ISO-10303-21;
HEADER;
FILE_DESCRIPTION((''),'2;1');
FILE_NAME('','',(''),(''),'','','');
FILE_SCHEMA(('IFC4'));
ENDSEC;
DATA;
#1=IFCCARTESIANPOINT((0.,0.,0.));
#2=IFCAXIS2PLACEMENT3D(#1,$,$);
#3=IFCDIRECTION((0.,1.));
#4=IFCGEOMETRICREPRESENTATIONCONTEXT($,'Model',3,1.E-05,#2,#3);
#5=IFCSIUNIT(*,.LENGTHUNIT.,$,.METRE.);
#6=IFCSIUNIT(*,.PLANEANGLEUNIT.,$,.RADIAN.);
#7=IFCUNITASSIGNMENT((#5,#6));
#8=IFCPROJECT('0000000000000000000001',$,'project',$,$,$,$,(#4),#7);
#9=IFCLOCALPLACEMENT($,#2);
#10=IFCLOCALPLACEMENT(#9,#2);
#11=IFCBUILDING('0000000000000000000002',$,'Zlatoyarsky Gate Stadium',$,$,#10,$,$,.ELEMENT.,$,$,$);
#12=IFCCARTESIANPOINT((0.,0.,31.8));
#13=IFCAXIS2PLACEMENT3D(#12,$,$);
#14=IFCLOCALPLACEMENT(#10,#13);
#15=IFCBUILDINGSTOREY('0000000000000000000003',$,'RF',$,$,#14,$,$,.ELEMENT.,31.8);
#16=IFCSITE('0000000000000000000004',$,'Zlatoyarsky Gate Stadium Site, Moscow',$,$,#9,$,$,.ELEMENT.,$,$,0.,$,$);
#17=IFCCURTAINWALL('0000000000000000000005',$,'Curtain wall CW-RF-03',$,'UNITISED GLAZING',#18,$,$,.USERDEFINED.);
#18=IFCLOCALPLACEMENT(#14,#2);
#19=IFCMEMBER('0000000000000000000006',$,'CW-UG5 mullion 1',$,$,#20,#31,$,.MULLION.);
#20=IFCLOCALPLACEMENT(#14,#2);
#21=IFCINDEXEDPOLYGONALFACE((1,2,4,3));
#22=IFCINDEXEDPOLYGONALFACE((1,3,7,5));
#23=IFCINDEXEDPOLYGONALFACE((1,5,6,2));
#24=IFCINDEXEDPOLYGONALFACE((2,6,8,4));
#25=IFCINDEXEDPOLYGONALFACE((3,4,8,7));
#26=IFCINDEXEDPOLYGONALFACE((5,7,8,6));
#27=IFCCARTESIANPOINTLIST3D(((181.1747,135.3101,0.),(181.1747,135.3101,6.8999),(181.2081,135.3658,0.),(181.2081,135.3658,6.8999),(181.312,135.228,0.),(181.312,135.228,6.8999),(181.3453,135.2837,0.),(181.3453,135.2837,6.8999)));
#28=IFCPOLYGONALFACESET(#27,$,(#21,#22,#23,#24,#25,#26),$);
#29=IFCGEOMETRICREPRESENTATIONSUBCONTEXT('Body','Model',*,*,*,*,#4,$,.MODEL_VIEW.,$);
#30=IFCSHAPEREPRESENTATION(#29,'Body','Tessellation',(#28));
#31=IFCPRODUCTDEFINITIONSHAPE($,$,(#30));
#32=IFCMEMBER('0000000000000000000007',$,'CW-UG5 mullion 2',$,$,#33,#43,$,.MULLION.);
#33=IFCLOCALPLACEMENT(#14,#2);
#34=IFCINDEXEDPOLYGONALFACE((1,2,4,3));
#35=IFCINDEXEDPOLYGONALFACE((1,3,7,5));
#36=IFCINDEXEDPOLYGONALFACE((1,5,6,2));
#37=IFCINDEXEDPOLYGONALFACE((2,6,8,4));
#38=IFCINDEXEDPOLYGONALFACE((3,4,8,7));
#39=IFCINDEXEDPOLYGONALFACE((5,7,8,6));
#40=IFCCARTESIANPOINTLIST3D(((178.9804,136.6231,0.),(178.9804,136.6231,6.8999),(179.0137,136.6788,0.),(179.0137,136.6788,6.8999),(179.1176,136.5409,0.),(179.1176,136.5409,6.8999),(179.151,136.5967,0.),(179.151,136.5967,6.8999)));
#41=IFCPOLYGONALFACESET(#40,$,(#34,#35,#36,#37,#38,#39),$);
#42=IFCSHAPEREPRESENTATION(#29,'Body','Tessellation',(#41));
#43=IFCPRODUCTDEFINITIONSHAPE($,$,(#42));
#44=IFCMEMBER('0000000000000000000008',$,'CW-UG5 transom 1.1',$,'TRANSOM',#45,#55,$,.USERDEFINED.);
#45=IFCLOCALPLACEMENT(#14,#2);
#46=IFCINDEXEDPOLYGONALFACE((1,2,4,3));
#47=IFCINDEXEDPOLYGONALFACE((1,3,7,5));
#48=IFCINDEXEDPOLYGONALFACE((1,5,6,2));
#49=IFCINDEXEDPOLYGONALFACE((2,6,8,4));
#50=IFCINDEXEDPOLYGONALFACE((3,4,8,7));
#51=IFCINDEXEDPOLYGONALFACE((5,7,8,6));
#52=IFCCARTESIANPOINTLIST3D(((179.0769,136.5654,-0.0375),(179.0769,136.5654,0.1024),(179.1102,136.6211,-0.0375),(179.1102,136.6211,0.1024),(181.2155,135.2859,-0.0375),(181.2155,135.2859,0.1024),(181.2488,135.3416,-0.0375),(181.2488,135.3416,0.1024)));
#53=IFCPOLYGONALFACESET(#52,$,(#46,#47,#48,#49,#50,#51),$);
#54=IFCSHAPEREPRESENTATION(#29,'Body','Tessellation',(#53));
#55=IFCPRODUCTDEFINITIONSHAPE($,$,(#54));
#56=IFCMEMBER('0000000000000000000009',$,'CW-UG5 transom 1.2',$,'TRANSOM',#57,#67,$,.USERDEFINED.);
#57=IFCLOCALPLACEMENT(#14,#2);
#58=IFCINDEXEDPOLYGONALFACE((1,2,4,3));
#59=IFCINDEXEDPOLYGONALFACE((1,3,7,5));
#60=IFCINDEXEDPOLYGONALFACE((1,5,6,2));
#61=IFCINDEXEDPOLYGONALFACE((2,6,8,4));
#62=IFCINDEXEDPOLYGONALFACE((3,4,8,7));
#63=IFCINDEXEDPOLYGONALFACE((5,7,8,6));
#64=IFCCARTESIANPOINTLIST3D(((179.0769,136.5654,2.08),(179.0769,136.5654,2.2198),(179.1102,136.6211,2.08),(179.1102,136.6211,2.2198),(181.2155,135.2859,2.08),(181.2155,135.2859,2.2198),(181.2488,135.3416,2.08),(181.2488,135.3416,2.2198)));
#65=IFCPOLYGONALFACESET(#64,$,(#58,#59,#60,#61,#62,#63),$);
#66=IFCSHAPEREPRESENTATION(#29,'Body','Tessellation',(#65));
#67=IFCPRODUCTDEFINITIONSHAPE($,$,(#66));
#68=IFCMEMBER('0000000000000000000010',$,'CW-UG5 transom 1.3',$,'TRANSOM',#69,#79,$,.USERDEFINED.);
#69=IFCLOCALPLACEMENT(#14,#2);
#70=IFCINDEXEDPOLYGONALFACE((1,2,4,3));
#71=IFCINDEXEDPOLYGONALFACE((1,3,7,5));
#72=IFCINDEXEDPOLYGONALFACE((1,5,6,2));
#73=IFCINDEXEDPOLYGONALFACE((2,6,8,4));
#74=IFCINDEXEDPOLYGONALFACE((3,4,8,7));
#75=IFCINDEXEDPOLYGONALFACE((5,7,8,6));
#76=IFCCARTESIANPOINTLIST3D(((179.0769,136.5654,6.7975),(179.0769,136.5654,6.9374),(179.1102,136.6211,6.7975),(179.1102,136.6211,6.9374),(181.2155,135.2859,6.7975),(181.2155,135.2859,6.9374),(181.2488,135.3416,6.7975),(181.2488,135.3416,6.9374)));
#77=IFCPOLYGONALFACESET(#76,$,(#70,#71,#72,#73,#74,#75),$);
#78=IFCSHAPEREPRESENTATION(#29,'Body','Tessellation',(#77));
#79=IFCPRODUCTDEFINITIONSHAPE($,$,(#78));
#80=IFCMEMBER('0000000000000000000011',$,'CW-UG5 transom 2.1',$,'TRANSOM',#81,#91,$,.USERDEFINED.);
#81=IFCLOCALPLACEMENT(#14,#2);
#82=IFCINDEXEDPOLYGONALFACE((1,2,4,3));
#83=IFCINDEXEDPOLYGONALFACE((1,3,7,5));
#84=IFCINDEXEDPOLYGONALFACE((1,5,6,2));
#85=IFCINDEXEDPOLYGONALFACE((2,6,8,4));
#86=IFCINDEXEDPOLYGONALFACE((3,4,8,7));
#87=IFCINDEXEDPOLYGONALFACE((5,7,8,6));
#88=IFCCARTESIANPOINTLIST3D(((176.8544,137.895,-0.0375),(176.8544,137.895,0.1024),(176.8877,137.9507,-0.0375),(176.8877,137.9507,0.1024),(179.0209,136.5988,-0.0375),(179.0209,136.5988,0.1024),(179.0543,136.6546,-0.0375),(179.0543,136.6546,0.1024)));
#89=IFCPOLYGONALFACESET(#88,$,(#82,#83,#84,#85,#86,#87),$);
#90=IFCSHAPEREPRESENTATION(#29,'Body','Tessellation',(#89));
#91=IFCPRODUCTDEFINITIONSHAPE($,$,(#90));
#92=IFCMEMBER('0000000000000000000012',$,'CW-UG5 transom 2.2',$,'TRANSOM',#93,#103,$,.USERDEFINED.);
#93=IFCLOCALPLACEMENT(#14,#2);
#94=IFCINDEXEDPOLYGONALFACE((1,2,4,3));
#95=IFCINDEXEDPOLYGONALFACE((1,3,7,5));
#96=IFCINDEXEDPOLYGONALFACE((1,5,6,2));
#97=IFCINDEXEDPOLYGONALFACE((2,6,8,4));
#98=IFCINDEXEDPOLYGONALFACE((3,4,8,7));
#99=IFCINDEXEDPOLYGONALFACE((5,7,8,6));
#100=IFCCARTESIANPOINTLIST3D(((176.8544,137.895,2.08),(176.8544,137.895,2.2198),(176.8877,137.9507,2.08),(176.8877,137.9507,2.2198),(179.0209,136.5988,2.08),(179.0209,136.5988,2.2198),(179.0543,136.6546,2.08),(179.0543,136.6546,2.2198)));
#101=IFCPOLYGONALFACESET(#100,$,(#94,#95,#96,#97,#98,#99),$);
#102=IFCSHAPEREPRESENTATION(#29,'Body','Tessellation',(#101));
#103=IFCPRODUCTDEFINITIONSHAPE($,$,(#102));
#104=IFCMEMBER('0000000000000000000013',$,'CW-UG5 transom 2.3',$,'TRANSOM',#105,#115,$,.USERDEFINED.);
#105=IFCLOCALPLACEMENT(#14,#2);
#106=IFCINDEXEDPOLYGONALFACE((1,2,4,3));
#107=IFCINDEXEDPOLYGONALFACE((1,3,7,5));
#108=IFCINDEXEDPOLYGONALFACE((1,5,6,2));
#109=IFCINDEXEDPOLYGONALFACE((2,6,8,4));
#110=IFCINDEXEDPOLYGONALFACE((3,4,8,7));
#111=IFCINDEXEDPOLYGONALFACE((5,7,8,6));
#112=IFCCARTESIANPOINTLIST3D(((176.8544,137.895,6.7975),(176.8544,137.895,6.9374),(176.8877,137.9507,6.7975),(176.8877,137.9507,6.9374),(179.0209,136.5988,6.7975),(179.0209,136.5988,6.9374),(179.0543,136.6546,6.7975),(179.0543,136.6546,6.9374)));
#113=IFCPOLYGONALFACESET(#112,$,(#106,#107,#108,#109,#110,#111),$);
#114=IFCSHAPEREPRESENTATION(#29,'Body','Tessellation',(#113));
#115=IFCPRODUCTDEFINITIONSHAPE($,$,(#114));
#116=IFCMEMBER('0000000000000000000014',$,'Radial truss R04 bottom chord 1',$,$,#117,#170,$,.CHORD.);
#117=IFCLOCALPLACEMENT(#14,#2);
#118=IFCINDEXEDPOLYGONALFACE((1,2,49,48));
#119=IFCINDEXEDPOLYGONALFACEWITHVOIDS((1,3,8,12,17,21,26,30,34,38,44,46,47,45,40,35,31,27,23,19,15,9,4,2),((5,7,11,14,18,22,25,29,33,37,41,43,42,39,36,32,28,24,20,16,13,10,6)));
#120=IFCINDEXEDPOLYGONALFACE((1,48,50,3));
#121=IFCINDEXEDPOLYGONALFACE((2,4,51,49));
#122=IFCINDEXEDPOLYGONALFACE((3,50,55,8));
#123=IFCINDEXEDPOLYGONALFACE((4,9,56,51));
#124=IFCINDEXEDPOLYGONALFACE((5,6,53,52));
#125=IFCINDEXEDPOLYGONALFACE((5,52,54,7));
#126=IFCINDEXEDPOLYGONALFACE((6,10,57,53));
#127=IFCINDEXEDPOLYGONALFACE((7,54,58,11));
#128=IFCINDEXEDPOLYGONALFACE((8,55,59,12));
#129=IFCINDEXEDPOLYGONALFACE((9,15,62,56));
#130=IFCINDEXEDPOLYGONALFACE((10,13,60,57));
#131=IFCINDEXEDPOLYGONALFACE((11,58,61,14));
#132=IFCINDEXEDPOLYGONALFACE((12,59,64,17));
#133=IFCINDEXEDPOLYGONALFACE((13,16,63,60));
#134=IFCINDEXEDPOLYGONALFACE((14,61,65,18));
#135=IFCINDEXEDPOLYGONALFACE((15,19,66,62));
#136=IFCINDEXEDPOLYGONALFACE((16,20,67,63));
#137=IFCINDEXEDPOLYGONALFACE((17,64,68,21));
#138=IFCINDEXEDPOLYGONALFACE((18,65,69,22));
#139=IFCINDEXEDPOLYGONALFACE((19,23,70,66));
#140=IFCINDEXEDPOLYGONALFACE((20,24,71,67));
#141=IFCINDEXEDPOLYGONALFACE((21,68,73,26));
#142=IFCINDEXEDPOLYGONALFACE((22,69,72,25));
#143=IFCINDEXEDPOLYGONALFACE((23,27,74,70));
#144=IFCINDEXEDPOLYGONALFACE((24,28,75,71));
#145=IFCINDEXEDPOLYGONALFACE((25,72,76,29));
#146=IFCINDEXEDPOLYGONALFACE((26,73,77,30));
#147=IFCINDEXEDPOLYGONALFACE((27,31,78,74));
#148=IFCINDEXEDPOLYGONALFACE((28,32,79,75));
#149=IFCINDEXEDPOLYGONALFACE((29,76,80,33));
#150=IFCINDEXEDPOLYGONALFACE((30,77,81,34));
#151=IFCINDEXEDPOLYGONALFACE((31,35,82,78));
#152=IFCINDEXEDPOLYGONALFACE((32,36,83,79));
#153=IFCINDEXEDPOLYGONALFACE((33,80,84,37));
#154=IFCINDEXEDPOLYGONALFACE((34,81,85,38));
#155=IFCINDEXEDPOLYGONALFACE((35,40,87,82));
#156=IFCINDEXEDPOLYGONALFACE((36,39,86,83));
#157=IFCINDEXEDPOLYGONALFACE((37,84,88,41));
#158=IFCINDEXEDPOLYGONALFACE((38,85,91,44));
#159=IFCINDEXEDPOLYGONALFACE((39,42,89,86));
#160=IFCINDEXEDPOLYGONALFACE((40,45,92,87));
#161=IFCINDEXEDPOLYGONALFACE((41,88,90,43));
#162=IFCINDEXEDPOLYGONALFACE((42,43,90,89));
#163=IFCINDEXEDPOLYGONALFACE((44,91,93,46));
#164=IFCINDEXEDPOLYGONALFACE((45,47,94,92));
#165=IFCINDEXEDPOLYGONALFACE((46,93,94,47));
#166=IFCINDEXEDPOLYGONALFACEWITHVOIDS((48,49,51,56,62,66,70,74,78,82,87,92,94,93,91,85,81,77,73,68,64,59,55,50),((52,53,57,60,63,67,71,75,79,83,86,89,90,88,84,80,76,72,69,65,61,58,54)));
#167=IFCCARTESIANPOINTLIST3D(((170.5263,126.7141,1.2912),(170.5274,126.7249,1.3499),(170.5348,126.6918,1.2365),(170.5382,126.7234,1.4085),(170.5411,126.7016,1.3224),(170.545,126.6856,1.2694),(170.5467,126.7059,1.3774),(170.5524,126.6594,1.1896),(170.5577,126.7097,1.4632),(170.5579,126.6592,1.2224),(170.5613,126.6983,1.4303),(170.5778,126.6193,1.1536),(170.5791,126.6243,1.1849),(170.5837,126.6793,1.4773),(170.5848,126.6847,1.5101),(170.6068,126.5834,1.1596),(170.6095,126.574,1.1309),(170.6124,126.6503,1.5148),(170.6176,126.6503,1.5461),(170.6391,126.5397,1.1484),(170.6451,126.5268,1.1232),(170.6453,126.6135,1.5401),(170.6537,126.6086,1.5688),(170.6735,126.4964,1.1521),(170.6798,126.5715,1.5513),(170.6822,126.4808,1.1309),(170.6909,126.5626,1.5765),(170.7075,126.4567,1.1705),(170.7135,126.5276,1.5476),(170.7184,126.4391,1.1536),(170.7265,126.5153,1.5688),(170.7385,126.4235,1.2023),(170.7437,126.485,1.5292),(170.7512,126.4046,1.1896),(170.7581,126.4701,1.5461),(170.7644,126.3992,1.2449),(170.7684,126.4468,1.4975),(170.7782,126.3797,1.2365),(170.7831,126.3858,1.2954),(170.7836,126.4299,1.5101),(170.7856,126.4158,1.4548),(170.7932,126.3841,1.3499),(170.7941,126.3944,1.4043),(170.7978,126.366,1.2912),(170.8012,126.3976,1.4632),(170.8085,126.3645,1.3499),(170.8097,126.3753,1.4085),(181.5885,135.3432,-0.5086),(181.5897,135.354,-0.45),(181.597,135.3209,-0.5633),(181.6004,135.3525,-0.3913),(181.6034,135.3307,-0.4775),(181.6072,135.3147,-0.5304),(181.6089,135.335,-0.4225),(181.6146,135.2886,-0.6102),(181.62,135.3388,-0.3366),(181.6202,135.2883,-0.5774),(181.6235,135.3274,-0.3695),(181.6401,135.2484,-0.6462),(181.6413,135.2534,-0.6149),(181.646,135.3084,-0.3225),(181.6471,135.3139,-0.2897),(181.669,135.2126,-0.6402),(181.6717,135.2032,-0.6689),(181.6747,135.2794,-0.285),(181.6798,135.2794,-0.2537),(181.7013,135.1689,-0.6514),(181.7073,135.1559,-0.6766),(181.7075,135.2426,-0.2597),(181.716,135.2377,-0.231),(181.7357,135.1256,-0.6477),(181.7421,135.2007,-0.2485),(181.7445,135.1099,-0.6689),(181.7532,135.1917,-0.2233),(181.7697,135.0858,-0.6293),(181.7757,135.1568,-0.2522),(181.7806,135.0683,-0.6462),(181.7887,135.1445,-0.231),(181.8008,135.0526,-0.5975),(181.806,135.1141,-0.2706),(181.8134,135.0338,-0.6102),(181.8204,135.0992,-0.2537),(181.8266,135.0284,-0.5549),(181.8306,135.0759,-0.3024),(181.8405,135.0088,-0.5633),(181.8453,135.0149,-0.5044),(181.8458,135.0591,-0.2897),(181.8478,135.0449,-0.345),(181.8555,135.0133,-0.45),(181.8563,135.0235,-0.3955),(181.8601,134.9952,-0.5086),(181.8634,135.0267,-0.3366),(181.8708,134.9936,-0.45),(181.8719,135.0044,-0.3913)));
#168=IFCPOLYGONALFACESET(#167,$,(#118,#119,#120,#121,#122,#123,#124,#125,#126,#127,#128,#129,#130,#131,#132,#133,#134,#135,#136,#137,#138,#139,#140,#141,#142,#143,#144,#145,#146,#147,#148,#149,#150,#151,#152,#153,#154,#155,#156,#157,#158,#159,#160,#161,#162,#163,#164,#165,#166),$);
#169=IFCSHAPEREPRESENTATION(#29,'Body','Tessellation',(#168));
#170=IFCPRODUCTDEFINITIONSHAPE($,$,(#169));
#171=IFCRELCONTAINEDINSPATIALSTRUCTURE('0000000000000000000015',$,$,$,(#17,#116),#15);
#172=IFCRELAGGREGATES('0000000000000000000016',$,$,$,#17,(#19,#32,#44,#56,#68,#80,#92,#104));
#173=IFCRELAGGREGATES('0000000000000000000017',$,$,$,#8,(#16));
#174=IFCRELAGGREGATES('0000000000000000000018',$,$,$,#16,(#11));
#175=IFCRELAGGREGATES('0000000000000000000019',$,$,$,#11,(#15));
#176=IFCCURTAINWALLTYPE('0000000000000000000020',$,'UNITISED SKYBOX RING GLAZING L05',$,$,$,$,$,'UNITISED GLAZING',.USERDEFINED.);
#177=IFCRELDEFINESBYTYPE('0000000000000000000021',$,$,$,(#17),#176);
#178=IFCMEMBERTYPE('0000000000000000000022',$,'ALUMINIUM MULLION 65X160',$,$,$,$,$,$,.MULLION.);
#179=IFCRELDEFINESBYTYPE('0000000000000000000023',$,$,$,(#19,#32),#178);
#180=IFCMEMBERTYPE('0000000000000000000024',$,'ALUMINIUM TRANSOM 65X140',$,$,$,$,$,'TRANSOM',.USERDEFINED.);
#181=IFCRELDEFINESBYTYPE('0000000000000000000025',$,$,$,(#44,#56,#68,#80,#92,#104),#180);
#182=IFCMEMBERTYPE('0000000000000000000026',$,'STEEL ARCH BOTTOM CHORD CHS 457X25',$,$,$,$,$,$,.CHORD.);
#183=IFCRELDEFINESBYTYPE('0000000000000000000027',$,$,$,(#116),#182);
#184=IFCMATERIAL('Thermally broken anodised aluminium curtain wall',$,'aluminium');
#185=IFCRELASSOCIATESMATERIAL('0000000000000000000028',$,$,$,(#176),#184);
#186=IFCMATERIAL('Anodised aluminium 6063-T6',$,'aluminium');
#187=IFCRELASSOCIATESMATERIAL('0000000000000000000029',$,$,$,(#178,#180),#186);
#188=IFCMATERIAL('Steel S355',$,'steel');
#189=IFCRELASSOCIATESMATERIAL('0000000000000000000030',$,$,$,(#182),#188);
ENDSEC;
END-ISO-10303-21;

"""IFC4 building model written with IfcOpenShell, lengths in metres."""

from ifc_helpers import new_model, si_unit, direction, frame, origin, origin_2d, place, context, subcontext, project, spatial, rectangle, hollow_circle, extrude, material, material_profile, profile_set, type_object, element, aggregate, save


model = new_model("IFC4")

# Units and contexts
model_context = context("Model", 3, precision=1e-05, world=origin(), true_north=direction((0.0, 1.0)))
body_context = subcontext(model_context, "Body", "Model", "MODEL_VIEW")
ifc_project = project(units=[si_unit("LENGTHUNIT", "METRE"), si_unit("PLANEANGLEUNIT", "RADIAN")], contexts=[model_context])

# Site, building, storey
site_placement = place(None, origin())
site = spatial("IfcSite", under=ifc_project, at=site_placement, Name="Zlatoyarsky Gate Stadium Site, Moscow", CompositionType="ELEMENT", RefElevation=0.0)
building_placement = place(site_placement, origin())
building = spatial("IfcBuilding", under=site, at=building_placement, Name="Zlatoyarsky Gate Stadium", CompositionType="ELEMENT")
storey_placement = place(building_placement, frame((0.0, 0.0, 31.8)))
storey = spatial("IfcBuildingStorey", under=building, at=storey_placement, Name="RF", CompositionType="ELEMENT", Elevation=31.8)

# Curtain wall, members
ifc_material_1 = material(Name="Thermally broken anodised aluminium curtain wall", Category="aluminium")
curtain_wall_type = type_object("IfcCurtainWallType", Name="UNITISED SKYBOX RING GLAZING L05", ElementType="UNITISED GLAZING", PredefinedType="USERDEFINED", material=ifc_material_1)
curtain_wall_placement = place(storey_placement, origin())
curtain_wall = element("IfcCurtainWall", 1, at=curtain_wall_placement, inside=storey, type_object=curtain_wall_type, Name="Curtain wall CW-RF-03", ObjectType="UNITISED GLAZING", PredefinedType="USERDEFINED")
ifc_material_2 = material(Name="Anodised aluminium 6063-T6", Category="aluminium")
ifc_material_profile_1 = material_profile(ifc_material_2, rectangle(XDim=0.0649, YDim=0.1599, at=origin_2d()), Name="ALU 65X160")
ifc_profile_set_1 = profile_set([ifc_material_profile_1], Name="Anodised aluminium 6063-T6")
member_type_1 = type_object("IfcMemberType", Name="ALUMINIUM MULLION 65X160", PredefinedType="MULLION", material=ifc_profile_set_1)
member_1_placement = place(storey_placement, frame((181.26, 135.2969, 0.0), z_axis=(0.0, 0.0, 1.0), x_axis=(-0.513436, -0.858128, 0.0)))
member_1 = element("IfcMember", 2, at=member_1_placement, type_object=member_type_1, Name="CW-UG5 mullion 1", PredefinedType="MULLION", context=body_context, shape_type="SweptSolid", body=[
    extrude(rectangle(XDim=0.0649, YDim=0.1599, at=origin_2d()), origin(), (0.0, 0.0, 1.0), 6.8999),
])
member_2_placement = place(storey_placement, frame((179.0657, 136.6099, 0.0), z_axis=(0.0, 0.0, 1.0), x_axis=(-0.513436, -0.858128, 0.0)))
member_2 = element("IfcMember", 3, at=member_2_placement, type_object=member_type_1, Name="CW-UG5 mullion 2", PredefinedType="MULLION", context=body_context, shape_type="SweptSolid", body=[
    extrude(rectangle(XDim=0.0649, YDim=0.1599, at=origin_2d()), origin(), (0.0, 0.0, 1.0), 6.8999),
])
ifc_material_profile_2 = material_profile(ifc_material_2, rectangle(XDim=0.0649, YDim=0.1399, at=origin_2d()), Name="ALU 65X140")
ifc_profile_set_2 = profile_set([ifc_material_profile_2], Name="Anodised aluminium 6063-T6")
member_type_2 = type_object("IfcMemberType", Name="ALUMINIUM TRANSOM 65X140", ElementType="TRANSOM", PredefinedType="USERDEFINED", material=ifc_profile_set_2)
member_3_placement = place(storey_placement, frame((181.2322, 135.3137, 0.0325), z_axis=(-0.858141, 0.513415, 0.0), x_axis=(-0.513415, -0.858141, 0.0)))
member_3 = element("IfcMember", 4, at=member_3_placement, type_object=member_type_2, Name="CW-UG5 transom 1.1", ObjectType="TRANSOM", PredefinedType="USERDEFINED", context=body_context, shape_type="SweptSolid", body=[
    extrude(rectangle(XDim=0.0649, YDim=0.1399, at=origin_2d()), origin(), (0.0, 0.0, 1.0), 2.4922),
])
member_4_placement = place(storey_placement, frame((181.2322, 135.3137, 2.1499), z_axis=(-0.858141, 0.513415, 0.0), x_axis=(-0.513415, -0.858141, 0.0)))
member_4 = element("IfcMember", 5, at=member_4_placement, type_object=member_type_2, Name="CW-UG5 transom 1.2", ObjectType="TRANSOM", PredefinedType="USERDEFINED", context=body_context, shape_type="SweptSolid", body=[
    extrude(rectangle(XDim=0.0649, YDim=0.1399, at=origin_2d()), origin(), (0.0, 0.0, 1.0), 2.4922),
])
member_5_placement = place(storey_placement, frame((181.2322, 135.3137, 6.8674), z_axis=(-0.858141, 0.513415, 0.0), x_axis=(-0.513415, -0.858141, 0.0)))
member_5 = element("IfcMember", 6, at=member_5_placement, type_object=member_type_2, Name="CW-UG5 transom 1.3", ObjectType="TRANSOM", PredefinedType="USERDEFINED", context=body_context, shape_type="SweptSolid", body=[
    extrude(rectangle(XDim=0.0649, YDim=0.1399, at=origin_2d()), origin(), (0.0, 0.0, 1.0), 2.4922),
])
member_6_placement = place(storey_placement, frame((179.0376, 136.6267, 0.0325), z_axis=(-0.858149, 0.5134, 0.0), x_axis=(-0.5134, -0.858149, 0.0)))
member_6 = element("IfcMember", 7, at=member_6_placement, type_object=member_type_2, Name="CW-UG5 transom 2.1", ObjectType="TRANSOM", PredefinedType="USERDEFINED", context=body_context, shape_type="SweptSolid", body=[
    extrude(rectangle(XDim=0.0649, YDim=0.1399, at=origin_2d()), origin(), (0.0, 0.0, 1.0), 2.5247),
])
member_7_placement = place(storey_placement, frame((179.0376, 136.6267, 2.1499), z_axis=(-0.858149, 0.5134, 0.0), x_axis=(-0.5134, -0.858149, 0.0)))
member_7 = element("IfcMember", 8, at=member_7_placement, type_object=member_type_2, Name="CW-UG5 transom 2.2", ObjectType="TRANSOM", PredefinedType="USERDEFINED", context=body_context, shape_type="SweptSolid", body=[
    extrude(rectangle(XDim=0.0649, YDim=0.1399, at=origin_2d()), origin(), (0.0, 0.0, 1.0), 2.5247),
])
member_8_placement = place(storey_placement, frame((179.0376, 136.6267, 6.8674), z_axis=(-0.858149, 0.5134, 0.0), x_axis=(-0.5134, -0.858149, 0.0)))
member_8 = element("IfcMember", 9, at=member_8_placement, type_object=member_type_2, Name="CW-UG5 transom 2.3", ObjectType="TRANSOM", PredefinedType="USERDEFINED", context=body_context, shape_type="SweptSolid", body=[
    extrude(rectangle(XDim=0.0649, YDim=0.1399, at=origin_2d()), origin(), (0.0, 0.0, 1.0), 2.5247),
])

# Member
ifc_material_3 = material(Name="Steel S355", Category="steel")
ifc_material_profile_3 = material_profile(ifc_material_3, hollow_circle(Radius=0.2285, WallThickness=0.0249, at=origin_2d()), Name="CHS 457X25")
ifc_profile_set_3 = profile_set([ifc_material_profile_3], Name="Steel S355")
member_type_3 = type_object("IfcMemberType", Name="STEEL ARCH BOTTOM CHORD CHS 457X25", PredefinedType="CHORD", material=ifc_profile_set_3)
member_9_placement = place(storey_placement, frame((181.7302, 135.1738, -0.45), z_axis=(-0.782073, -0.610059, 0.127242), x_axis=(0.615058, -0.788482, 0.0)))
element("IfcMember", 10, at=member_9_placement, inside=storey, type_object=member_type_3, Name="Radial truss R04 bottom chord 1", PredefinedType="CHORD", context=body_context, shape_type="SweptSolid", body=[
    extrude(hollow_circle(Radius=0.2285, WallThickness=0.0249, at=origin_2d()), origin(), (0.0, 0.0, 1.0), 14.1448),
])

aggregate(curtain_wall, [member_1, member_2, member_3, member_4, member_5, member_6, member_7, member_8])

save(model, "model.ifc")
